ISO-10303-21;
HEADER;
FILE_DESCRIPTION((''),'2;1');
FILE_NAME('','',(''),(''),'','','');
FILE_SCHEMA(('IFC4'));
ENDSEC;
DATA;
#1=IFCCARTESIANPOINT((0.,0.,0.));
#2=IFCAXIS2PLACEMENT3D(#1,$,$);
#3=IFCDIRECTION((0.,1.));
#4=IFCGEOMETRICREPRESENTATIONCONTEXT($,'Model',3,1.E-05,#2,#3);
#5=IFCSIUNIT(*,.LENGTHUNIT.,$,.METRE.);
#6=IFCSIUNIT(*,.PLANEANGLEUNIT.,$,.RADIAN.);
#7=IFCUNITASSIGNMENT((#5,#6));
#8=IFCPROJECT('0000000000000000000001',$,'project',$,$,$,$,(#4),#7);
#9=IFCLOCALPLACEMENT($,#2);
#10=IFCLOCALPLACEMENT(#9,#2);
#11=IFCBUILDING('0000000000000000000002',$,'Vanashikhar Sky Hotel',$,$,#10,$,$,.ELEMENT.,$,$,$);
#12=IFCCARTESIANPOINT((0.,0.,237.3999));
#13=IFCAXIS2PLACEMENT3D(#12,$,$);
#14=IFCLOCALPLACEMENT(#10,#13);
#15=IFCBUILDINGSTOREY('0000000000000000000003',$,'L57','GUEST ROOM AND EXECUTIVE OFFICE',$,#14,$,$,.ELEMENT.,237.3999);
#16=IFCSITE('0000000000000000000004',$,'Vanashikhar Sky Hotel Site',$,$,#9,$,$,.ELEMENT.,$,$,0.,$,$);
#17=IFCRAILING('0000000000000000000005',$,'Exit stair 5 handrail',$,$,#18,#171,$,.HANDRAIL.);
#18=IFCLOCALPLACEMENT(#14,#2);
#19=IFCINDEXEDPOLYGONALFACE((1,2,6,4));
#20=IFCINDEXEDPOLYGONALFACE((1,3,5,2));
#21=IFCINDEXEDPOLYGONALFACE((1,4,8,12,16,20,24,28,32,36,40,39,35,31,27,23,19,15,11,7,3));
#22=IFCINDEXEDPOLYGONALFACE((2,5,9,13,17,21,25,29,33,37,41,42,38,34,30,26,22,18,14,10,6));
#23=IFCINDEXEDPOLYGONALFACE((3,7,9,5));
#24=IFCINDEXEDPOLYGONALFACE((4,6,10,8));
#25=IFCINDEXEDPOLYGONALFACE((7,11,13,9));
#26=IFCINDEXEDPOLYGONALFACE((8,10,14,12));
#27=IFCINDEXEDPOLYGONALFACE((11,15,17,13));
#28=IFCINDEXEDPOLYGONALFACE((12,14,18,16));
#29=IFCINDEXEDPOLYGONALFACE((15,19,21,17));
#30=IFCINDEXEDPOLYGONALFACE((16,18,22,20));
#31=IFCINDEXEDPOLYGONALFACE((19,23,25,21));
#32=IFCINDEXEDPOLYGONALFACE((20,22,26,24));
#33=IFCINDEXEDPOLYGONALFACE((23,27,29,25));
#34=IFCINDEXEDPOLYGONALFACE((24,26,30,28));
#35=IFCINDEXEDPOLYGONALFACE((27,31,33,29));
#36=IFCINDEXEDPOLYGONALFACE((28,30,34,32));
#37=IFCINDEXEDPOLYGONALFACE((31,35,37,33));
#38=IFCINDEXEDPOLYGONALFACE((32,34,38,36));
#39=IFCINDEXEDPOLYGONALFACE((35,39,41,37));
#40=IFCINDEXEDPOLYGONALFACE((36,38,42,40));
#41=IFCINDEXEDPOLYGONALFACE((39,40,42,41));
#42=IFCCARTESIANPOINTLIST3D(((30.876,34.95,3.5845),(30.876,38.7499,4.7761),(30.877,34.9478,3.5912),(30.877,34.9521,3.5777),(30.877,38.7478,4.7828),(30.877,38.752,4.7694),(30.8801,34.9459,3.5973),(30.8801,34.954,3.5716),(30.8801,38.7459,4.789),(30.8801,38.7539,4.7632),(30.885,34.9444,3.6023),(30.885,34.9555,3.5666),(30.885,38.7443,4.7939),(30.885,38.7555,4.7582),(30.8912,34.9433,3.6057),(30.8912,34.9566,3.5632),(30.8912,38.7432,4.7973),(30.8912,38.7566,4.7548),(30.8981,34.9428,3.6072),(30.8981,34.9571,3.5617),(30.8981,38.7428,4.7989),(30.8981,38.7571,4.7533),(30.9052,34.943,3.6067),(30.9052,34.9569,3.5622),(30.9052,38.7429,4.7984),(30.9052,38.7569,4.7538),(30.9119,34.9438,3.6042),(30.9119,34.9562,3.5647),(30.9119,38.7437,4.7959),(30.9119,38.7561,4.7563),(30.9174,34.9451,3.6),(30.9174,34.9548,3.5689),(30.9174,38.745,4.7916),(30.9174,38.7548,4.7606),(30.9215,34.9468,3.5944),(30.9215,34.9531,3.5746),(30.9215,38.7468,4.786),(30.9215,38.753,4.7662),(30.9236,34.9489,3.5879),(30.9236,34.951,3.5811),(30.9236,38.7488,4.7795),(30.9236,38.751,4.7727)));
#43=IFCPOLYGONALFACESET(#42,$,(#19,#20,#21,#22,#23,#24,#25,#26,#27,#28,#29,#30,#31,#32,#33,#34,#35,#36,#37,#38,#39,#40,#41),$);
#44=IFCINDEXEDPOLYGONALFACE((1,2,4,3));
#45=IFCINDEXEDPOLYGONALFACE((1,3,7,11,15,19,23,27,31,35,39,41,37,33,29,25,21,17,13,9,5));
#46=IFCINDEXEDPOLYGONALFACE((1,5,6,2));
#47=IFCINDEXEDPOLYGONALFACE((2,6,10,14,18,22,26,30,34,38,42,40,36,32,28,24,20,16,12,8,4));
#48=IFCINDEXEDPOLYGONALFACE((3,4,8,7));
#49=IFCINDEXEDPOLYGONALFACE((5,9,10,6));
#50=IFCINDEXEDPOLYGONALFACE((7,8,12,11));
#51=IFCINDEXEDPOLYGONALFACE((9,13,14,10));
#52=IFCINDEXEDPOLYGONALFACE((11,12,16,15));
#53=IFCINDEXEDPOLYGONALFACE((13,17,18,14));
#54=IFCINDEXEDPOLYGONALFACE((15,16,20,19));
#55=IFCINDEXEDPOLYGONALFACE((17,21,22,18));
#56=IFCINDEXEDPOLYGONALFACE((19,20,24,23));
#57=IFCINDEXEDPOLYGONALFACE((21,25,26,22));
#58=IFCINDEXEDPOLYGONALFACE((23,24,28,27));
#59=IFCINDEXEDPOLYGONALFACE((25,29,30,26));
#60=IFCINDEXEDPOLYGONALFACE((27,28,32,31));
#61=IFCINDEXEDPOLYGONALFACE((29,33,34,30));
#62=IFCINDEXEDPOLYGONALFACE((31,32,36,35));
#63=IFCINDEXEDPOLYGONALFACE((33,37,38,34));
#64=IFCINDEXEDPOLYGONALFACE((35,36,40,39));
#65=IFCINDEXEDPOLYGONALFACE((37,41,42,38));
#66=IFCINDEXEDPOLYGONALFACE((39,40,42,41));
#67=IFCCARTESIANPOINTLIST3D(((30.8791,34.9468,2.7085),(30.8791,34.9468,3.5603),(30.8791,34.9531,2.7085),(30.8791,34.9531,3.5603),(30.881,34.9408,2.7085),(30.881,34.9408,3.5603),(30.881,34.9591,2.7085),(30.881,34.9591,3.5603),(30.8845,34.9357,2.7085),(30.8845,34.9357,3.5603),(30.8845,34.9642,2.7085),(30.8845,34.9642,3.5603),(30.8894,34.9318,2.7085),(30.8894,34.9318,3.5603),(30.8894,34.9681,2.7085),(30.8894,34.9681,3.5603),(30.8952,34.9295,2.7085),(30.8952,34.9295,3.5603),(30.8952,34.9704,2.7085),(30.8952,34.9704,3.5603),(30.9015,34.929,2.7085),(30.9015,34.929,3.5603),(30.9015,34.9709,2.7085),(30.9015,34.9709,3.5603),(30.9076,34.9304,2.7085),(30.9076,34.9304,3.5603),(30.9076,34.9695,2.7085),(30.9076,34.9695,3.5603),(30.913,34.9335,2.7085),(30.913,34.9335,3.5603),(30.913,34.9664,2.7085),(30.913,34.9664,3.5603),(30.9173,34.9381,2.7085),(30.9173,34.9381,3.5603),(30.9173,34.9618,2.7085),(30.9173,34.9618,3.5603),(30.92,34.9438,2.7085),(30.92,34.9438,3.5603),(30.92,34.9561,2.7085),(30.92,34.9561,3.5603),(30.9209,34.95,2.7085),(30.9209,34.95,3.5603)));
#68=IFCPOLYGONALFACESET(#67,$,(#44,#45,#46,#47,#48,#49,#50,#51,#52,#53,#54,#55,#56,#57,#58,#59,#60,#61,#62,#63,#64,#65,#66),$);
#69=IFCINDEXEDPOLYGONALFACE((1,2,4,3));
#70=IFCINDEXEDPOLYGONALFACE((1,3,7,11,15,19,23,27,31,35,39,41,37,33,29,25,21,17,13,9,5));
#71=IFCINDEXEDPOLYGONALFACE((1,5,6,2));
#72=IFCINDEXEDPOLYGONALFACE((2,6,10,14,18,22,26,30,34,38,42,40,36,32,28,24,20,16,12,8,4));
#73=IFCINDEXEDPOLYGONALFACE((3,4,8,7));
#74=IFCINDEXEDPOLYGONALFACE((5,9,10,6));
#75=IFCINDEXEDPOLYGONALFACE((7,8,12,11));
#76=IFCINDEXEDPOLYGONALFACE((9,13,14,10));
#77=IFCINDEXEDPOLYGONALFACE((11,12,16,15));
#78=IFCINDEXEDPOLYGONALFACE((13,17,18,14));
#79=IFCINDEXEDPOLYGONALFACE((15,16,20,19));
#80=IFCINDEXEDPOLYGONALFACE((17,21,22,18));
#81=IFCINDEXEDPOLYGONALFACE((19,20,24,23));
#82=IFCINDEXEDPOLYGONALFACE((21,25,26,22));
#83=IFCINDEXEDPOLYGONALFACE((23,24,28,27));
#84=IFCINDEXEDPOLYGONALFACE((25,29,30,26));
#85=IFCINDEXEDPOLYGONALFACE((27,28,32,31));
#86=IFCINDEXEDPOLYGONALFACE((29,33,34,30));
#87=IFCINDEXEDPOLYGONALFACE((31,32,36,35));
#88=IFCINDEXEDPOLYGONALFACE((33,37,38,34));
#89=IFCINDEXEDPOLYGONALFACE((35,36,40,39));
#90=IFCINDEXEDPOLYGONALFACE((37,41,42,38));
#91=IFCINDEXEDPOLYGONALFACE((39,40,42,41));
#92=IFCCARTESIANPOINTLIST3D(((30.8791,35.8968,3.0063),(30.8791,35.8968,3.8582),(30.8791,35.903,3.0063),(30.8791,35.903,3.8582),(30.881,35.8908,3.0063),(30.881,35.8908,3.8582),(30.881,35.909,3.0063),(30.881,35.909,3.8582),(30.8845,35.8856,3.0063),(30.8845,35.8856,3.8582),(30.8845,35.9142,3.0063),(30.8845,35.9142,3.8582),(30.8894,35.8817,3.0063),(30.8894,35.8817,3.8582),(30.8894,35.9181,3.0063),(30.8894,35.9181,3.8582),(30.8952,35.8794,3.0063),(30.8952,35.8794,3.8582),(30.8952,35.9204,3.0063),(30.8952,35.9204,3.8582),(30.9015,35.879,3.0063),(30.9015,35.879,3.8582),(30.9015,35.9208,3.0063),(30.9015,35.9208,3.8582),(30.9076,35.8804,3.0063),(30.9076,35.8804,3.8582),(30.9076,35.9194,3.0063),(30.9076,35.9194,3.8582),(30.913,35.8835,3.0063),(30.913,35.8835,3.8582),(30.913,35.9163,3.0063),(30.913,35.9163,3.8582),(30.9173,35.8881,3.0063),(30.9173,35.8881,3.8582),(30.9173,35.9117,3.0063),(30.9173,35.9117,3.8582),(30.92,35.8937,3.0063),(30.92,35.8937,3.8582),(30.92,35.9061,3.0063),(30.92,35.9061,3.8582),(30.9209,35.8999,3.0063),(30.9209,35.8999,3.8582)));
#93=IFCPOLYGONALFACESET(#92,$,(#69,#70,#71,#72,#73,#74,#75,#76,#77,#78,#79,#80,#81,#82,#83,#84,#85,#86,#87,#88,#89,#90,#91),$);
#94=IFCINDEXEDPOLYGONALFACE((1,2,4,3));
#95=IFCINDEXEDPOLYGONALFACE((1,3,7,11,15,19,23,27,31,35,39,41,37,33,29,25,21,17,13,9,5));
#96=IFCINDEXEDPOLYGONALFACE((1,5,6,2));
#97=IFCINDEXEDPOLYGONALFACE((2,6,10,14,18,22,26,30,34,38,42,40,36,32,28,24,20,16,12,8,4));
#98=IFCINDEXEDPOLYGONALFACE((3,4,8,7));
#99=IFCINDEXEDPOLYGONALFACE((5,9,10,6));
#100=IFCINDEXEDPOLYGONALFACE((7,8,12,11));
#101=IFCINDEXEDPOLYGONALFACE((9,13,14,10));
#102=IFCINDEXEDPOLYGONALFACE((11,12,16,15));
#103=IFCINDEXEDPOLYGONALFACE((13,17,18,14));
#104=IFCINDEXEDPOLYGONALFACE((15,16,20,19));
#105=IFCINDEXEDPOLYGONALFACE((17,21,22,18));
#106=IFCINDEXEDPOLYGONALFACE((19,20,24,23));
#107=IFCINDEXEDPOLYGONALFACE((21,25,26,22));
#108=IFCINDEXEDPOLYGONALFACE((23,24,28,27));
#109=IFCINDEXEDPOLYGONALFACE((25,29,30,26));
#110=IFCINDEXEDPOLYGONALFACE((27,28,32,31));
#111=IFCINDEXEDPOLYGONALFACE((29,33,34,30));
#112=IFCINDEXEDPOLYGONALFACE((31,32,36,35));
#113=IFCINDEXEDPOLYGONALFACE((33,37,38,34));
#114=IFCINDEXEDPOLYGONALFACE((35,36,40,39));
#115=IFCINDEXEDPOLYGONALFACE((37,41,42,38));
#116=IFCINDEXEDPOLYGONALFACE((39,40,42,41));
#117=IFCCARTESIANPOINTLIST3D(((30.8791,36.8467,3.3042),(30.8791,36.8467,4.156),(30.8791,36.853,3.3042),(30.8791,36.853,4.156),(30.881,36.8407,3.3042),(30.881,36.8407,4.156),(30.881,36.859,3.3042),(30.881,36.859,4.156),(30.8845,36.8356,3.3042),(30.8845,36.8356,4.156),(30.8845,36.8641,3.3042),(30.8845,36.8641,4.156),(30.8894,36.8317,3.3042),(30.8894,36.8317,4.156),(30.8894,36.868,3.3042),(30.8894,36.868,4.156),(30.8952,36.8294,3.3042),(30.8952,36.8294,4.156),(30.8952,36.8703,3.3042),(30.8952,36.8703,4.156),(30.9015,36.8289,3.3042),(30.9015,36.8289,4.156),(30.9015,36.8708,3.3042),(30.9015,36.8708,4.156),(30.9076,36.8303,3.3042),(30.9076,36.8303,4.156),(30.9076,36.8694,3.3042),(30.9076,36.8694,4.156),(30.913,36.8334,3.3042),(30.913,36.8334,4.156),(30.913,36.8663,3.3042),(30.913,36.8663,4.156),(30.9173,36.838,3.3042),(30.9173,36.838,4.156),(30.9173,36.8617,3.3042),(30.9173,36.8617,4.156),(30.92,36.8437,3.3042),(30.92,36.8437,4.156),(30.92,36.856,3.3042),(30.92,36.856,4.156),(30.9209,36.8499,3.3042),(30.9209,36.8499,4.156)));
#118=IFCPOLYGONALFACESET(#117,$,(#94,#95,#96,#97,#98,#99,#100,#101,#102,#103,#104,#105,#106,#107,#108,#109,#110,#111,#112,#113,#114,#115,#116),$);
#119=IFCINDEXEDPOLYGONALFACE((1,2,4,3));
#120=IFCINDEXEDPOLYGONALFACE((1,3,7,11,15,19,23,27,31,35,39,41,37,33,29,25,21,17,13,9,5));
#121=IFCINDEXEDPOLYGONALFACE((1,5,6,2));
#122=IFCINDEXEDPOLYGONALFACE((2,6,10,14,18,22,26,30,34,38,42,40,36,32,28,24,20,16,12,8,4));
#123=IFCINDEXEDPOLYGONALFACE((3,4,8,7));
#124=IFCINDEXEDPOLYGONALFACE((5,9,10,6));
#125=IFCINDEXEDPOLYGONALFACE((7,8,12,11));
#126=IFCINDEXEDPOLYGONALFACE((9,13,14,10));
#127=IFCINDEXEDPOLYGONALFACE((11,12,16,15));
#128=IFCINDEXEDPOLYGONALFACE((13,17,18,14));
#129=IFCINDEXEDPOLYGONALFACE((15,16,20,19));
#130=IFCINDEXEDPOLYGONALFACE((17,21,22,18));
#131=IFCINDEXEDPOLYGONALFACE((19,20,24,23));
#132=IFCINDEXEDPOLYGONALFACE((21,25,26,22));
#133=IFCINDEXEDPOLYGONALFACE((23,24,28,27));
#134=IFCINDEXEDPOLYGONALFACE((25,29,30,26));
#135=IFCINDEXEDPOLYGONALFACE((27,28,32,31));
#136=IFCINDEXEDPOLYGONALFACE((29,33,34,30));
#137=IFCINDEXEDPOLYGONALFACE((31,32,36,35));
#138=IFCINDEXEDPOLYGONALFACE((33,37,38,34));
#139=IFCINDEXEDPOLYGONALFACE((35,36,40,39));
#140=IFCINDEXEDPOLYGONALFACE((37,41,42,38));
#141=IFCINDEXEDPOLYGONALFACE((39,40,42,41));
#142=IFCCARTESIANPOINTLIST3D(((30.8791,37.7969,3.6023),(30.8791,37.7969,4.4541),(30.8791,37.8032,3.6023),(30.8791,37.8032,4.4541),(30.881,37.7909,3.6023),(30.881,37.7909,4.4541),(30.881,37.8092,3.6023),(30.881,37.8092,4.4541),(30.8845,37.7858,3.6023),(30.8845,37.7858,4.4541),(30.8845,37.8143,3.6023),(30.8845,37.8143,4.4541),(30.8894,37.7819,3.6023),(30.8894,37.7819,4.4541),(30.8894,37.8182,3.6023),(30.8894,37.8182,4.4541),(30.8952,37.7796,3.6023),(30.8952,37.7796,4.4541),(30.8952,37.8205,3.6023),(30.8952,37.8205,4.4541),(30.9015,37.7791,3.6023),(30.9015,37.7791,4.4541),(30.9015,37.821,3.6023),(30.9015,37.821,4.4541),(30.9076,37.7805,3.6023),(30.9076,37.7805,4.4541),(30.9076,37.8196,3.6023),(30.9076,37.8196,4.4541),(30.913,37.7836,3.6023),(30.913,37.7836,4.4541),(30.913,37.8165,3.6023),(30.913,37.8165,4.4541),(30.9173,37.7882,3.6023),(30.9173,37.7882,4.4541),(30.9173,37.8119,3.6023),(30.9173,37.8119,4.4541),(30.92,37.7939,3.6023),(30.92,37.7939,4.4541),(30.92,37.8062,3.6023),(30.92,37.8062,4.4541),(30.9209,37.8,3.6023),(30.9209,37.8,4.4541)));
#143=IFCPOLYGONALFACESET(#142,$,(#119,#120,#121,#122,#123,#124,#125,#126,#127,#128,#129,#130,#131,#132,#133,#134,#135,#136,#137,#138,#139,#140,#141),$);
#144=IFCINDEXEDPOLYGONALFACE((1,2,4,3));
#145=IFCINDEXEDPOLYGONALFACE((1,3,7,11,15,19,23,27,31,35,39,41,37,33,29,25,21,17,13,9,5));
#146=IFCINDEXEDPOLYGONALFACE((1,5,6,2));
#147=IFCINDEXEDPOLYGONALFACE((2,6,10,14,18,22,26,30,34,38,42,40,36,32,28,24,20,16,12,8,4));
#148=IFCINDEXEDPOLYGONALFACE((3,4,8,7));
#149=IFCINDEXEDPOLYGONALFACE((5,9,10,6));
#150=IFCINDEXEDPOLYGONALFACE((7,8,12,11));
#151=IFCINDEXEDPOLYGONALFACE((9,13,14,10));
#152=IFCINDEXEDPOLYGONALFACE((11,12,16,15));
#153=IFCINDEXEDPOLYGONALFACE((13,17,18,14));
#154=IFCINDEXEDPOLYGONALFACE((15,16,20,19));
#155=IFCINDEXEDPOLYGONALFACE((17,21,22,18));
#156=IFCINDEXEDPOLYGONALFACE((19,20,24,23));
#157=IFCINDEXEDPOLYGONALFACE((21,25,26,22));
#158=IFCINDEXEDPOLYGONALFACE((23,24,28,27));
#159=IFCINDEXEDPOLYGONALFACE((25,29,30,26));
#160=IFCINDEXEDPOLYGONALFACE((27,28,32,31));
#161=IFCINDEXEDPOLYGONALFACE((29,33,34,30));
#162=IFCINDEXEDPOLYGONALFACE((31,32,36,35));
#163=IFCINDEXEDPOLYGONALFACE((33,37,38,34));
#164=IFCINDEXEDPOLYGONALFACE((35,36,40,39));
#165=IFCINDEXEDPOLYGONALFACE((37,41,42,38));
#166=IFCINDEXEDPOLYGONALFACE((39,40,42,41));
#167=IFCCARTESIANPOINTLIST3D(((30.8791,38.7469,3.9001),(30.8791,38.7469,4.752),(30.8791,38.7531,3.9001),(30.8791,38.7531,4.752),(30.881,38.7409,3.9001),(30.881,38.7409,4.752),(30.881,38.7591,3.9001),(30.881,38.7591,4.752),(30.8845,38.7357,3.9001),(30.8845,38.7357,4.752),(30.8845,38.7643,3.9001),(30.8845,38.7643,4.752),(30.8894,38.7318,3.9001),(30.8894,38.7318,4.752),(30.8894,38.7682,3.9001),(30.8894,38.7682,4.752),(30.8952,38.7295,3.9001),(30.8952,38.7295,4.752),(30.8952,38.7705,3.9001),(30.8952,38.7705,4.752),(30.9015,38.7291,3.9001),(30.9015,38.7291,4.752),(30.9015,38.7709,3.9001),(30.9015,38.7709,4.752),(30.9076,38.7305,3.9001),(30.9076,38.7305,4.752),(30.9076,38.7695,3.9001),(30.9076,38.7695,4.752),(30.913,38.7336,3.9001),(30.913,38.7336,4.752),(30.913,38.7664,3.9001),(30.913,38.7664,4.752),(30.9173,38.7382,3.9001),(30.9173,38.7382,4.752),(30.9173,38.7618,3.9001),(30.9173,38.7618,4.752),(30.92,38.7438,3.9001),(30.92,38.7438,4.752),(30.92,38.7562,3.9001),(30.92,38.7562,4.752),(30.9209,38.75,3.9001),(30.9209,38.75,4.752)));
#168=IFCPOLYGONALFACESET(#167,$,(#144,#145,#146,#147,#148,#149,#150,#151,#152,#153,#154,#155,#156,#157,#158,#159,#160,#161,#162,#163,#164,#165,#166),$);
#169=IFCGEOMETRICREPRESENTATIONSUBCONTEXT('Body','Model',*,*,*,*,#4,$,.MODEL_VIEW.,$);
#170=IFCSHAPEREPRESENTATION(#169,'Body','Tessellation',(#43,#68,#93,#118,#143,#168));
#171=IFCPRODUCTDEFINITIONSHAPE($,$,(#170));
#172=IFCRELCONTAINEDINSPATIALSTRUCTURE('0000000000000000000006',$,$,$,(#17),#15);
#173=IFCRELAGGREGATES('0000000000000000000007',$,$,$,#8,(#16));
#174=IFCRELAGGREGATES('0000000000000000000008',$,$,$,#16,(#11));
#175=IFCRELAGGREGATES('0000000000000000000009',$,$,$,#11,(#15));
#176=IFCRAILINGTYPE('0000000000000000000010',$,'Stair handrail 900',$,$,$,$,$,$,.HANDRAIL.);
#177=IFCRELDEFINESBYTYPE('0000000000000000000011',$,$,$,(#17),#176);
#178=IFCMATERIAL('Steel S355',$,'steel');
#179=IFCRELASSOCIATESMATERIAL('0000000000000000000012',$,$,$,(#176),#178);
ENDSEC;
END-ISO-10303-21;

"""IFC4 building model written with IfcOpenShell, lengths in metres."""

from ifc_helpers import new_model, si_unit, direction, frame, origin, origin_2d, place, context, subcontext, project, spatial, circle, extrude, source, transform, mapped, material, type_object, element, save


model = new_model("IFC4")

# Units and contexts
model_context = context("Model", 3, precision=1e-05, world=origin(), true_north=direction((0.0, 1.0)))
body_context = subcontext(model_context, "Body", "Model", "MODEL_VIEW")
ifc_project = project(units=[si_unit("LENGTHUNIT", "METRE"), si_unit("PLANEANGLEUNIT", "RADIAN")], contexts=[model_context])

# Site, building, storey
site_placement = place(None, origin())
site = spatial("IfcSite", under=ifc_project, at=site_placement, Name="Vanashikhar Sky Hotel Site", CompositionType="ELEMENT", RefElevation=0.0)
building_placement = place(site_placement, origin())
building = spatial("IfcBuilding", under=site, at=building_placement, Name="Vanashikhar Sky Hotel", CompositionType="ELEMENT")
storey_placement = place(building_placement, frame((0.0, 0.0, 237.3999)))
storey = spatial("IfcBuildingStorey", under=building, at=storey_placement, Name="L57", Description="GUEST ROOM AND EXECUTIVE OFFICE", CompositionType="ELEMENT", Elevation=237.3999)

# Railing
ifc_material_1 = material(Name="Steel S355", Category="steel")
railing_type_1 = type_object("IfcRailingType", Name="Stair handrail 900", PredefinedType="HANDRAIL", material=ifc_material_1)
shared_shape_1 = source(origin(), body_context, "Body", "SweptSolid", [
    extrude(circle(Radius=0.0239, at=origin_2d()), frame((0.0, 0.0, 0.876), z_axis=(0.0, 0.954184, 0.299221), x_axis=(-1.0, 0.0, 0.0)), (0.0, 0.0, 1.0), 3.9824),
    extrude(circle(Radius=0.021, at=origin_2d()), origin(), (0.0, 0.0, 1.0), 0.8518),
    extrude(circle(Radius=0.021, at=origin_2d()), frame((0.0, 0.95, 0.2979)), (0.0, 0.0, 1.0), 0.8518),
    extrude(circle(Radius=0.021, at=origin_2d()), frame((0.0, 1.8999, 0.5957)), (0.0, 0.0, 1.0), 0.8518),
    extrude(circle(Radius=0.021, at=origin_2d()), frame((0.0, 2.8501, 0.8938)), (0.0, 0.0, 1.0), 0.8518),
    extrude(circle(Radius=0.021, at=origin_2d()), frame((0.0, 3.8, 1.1917)), (0.0, 0.0, 1.0), 0.8518),
])
for number, where, name in (
    (1, (30.8999, 34.95, 2.7085), "Exit stair 5 handrail"),
):
    element("IfcRailing", number, at=place(storey_placement, frame(where)), inside=storey, type_object=railing_type_1, Name=name, PredefinedType="HANDRAIL", context=body_context, shape_type="MappedRepresentation", body=[
        mapped(shared_shape_1, transform((0.0, 0.0, 0.0), scale=1.0)),
    ])

save(model, "model.ifc")
